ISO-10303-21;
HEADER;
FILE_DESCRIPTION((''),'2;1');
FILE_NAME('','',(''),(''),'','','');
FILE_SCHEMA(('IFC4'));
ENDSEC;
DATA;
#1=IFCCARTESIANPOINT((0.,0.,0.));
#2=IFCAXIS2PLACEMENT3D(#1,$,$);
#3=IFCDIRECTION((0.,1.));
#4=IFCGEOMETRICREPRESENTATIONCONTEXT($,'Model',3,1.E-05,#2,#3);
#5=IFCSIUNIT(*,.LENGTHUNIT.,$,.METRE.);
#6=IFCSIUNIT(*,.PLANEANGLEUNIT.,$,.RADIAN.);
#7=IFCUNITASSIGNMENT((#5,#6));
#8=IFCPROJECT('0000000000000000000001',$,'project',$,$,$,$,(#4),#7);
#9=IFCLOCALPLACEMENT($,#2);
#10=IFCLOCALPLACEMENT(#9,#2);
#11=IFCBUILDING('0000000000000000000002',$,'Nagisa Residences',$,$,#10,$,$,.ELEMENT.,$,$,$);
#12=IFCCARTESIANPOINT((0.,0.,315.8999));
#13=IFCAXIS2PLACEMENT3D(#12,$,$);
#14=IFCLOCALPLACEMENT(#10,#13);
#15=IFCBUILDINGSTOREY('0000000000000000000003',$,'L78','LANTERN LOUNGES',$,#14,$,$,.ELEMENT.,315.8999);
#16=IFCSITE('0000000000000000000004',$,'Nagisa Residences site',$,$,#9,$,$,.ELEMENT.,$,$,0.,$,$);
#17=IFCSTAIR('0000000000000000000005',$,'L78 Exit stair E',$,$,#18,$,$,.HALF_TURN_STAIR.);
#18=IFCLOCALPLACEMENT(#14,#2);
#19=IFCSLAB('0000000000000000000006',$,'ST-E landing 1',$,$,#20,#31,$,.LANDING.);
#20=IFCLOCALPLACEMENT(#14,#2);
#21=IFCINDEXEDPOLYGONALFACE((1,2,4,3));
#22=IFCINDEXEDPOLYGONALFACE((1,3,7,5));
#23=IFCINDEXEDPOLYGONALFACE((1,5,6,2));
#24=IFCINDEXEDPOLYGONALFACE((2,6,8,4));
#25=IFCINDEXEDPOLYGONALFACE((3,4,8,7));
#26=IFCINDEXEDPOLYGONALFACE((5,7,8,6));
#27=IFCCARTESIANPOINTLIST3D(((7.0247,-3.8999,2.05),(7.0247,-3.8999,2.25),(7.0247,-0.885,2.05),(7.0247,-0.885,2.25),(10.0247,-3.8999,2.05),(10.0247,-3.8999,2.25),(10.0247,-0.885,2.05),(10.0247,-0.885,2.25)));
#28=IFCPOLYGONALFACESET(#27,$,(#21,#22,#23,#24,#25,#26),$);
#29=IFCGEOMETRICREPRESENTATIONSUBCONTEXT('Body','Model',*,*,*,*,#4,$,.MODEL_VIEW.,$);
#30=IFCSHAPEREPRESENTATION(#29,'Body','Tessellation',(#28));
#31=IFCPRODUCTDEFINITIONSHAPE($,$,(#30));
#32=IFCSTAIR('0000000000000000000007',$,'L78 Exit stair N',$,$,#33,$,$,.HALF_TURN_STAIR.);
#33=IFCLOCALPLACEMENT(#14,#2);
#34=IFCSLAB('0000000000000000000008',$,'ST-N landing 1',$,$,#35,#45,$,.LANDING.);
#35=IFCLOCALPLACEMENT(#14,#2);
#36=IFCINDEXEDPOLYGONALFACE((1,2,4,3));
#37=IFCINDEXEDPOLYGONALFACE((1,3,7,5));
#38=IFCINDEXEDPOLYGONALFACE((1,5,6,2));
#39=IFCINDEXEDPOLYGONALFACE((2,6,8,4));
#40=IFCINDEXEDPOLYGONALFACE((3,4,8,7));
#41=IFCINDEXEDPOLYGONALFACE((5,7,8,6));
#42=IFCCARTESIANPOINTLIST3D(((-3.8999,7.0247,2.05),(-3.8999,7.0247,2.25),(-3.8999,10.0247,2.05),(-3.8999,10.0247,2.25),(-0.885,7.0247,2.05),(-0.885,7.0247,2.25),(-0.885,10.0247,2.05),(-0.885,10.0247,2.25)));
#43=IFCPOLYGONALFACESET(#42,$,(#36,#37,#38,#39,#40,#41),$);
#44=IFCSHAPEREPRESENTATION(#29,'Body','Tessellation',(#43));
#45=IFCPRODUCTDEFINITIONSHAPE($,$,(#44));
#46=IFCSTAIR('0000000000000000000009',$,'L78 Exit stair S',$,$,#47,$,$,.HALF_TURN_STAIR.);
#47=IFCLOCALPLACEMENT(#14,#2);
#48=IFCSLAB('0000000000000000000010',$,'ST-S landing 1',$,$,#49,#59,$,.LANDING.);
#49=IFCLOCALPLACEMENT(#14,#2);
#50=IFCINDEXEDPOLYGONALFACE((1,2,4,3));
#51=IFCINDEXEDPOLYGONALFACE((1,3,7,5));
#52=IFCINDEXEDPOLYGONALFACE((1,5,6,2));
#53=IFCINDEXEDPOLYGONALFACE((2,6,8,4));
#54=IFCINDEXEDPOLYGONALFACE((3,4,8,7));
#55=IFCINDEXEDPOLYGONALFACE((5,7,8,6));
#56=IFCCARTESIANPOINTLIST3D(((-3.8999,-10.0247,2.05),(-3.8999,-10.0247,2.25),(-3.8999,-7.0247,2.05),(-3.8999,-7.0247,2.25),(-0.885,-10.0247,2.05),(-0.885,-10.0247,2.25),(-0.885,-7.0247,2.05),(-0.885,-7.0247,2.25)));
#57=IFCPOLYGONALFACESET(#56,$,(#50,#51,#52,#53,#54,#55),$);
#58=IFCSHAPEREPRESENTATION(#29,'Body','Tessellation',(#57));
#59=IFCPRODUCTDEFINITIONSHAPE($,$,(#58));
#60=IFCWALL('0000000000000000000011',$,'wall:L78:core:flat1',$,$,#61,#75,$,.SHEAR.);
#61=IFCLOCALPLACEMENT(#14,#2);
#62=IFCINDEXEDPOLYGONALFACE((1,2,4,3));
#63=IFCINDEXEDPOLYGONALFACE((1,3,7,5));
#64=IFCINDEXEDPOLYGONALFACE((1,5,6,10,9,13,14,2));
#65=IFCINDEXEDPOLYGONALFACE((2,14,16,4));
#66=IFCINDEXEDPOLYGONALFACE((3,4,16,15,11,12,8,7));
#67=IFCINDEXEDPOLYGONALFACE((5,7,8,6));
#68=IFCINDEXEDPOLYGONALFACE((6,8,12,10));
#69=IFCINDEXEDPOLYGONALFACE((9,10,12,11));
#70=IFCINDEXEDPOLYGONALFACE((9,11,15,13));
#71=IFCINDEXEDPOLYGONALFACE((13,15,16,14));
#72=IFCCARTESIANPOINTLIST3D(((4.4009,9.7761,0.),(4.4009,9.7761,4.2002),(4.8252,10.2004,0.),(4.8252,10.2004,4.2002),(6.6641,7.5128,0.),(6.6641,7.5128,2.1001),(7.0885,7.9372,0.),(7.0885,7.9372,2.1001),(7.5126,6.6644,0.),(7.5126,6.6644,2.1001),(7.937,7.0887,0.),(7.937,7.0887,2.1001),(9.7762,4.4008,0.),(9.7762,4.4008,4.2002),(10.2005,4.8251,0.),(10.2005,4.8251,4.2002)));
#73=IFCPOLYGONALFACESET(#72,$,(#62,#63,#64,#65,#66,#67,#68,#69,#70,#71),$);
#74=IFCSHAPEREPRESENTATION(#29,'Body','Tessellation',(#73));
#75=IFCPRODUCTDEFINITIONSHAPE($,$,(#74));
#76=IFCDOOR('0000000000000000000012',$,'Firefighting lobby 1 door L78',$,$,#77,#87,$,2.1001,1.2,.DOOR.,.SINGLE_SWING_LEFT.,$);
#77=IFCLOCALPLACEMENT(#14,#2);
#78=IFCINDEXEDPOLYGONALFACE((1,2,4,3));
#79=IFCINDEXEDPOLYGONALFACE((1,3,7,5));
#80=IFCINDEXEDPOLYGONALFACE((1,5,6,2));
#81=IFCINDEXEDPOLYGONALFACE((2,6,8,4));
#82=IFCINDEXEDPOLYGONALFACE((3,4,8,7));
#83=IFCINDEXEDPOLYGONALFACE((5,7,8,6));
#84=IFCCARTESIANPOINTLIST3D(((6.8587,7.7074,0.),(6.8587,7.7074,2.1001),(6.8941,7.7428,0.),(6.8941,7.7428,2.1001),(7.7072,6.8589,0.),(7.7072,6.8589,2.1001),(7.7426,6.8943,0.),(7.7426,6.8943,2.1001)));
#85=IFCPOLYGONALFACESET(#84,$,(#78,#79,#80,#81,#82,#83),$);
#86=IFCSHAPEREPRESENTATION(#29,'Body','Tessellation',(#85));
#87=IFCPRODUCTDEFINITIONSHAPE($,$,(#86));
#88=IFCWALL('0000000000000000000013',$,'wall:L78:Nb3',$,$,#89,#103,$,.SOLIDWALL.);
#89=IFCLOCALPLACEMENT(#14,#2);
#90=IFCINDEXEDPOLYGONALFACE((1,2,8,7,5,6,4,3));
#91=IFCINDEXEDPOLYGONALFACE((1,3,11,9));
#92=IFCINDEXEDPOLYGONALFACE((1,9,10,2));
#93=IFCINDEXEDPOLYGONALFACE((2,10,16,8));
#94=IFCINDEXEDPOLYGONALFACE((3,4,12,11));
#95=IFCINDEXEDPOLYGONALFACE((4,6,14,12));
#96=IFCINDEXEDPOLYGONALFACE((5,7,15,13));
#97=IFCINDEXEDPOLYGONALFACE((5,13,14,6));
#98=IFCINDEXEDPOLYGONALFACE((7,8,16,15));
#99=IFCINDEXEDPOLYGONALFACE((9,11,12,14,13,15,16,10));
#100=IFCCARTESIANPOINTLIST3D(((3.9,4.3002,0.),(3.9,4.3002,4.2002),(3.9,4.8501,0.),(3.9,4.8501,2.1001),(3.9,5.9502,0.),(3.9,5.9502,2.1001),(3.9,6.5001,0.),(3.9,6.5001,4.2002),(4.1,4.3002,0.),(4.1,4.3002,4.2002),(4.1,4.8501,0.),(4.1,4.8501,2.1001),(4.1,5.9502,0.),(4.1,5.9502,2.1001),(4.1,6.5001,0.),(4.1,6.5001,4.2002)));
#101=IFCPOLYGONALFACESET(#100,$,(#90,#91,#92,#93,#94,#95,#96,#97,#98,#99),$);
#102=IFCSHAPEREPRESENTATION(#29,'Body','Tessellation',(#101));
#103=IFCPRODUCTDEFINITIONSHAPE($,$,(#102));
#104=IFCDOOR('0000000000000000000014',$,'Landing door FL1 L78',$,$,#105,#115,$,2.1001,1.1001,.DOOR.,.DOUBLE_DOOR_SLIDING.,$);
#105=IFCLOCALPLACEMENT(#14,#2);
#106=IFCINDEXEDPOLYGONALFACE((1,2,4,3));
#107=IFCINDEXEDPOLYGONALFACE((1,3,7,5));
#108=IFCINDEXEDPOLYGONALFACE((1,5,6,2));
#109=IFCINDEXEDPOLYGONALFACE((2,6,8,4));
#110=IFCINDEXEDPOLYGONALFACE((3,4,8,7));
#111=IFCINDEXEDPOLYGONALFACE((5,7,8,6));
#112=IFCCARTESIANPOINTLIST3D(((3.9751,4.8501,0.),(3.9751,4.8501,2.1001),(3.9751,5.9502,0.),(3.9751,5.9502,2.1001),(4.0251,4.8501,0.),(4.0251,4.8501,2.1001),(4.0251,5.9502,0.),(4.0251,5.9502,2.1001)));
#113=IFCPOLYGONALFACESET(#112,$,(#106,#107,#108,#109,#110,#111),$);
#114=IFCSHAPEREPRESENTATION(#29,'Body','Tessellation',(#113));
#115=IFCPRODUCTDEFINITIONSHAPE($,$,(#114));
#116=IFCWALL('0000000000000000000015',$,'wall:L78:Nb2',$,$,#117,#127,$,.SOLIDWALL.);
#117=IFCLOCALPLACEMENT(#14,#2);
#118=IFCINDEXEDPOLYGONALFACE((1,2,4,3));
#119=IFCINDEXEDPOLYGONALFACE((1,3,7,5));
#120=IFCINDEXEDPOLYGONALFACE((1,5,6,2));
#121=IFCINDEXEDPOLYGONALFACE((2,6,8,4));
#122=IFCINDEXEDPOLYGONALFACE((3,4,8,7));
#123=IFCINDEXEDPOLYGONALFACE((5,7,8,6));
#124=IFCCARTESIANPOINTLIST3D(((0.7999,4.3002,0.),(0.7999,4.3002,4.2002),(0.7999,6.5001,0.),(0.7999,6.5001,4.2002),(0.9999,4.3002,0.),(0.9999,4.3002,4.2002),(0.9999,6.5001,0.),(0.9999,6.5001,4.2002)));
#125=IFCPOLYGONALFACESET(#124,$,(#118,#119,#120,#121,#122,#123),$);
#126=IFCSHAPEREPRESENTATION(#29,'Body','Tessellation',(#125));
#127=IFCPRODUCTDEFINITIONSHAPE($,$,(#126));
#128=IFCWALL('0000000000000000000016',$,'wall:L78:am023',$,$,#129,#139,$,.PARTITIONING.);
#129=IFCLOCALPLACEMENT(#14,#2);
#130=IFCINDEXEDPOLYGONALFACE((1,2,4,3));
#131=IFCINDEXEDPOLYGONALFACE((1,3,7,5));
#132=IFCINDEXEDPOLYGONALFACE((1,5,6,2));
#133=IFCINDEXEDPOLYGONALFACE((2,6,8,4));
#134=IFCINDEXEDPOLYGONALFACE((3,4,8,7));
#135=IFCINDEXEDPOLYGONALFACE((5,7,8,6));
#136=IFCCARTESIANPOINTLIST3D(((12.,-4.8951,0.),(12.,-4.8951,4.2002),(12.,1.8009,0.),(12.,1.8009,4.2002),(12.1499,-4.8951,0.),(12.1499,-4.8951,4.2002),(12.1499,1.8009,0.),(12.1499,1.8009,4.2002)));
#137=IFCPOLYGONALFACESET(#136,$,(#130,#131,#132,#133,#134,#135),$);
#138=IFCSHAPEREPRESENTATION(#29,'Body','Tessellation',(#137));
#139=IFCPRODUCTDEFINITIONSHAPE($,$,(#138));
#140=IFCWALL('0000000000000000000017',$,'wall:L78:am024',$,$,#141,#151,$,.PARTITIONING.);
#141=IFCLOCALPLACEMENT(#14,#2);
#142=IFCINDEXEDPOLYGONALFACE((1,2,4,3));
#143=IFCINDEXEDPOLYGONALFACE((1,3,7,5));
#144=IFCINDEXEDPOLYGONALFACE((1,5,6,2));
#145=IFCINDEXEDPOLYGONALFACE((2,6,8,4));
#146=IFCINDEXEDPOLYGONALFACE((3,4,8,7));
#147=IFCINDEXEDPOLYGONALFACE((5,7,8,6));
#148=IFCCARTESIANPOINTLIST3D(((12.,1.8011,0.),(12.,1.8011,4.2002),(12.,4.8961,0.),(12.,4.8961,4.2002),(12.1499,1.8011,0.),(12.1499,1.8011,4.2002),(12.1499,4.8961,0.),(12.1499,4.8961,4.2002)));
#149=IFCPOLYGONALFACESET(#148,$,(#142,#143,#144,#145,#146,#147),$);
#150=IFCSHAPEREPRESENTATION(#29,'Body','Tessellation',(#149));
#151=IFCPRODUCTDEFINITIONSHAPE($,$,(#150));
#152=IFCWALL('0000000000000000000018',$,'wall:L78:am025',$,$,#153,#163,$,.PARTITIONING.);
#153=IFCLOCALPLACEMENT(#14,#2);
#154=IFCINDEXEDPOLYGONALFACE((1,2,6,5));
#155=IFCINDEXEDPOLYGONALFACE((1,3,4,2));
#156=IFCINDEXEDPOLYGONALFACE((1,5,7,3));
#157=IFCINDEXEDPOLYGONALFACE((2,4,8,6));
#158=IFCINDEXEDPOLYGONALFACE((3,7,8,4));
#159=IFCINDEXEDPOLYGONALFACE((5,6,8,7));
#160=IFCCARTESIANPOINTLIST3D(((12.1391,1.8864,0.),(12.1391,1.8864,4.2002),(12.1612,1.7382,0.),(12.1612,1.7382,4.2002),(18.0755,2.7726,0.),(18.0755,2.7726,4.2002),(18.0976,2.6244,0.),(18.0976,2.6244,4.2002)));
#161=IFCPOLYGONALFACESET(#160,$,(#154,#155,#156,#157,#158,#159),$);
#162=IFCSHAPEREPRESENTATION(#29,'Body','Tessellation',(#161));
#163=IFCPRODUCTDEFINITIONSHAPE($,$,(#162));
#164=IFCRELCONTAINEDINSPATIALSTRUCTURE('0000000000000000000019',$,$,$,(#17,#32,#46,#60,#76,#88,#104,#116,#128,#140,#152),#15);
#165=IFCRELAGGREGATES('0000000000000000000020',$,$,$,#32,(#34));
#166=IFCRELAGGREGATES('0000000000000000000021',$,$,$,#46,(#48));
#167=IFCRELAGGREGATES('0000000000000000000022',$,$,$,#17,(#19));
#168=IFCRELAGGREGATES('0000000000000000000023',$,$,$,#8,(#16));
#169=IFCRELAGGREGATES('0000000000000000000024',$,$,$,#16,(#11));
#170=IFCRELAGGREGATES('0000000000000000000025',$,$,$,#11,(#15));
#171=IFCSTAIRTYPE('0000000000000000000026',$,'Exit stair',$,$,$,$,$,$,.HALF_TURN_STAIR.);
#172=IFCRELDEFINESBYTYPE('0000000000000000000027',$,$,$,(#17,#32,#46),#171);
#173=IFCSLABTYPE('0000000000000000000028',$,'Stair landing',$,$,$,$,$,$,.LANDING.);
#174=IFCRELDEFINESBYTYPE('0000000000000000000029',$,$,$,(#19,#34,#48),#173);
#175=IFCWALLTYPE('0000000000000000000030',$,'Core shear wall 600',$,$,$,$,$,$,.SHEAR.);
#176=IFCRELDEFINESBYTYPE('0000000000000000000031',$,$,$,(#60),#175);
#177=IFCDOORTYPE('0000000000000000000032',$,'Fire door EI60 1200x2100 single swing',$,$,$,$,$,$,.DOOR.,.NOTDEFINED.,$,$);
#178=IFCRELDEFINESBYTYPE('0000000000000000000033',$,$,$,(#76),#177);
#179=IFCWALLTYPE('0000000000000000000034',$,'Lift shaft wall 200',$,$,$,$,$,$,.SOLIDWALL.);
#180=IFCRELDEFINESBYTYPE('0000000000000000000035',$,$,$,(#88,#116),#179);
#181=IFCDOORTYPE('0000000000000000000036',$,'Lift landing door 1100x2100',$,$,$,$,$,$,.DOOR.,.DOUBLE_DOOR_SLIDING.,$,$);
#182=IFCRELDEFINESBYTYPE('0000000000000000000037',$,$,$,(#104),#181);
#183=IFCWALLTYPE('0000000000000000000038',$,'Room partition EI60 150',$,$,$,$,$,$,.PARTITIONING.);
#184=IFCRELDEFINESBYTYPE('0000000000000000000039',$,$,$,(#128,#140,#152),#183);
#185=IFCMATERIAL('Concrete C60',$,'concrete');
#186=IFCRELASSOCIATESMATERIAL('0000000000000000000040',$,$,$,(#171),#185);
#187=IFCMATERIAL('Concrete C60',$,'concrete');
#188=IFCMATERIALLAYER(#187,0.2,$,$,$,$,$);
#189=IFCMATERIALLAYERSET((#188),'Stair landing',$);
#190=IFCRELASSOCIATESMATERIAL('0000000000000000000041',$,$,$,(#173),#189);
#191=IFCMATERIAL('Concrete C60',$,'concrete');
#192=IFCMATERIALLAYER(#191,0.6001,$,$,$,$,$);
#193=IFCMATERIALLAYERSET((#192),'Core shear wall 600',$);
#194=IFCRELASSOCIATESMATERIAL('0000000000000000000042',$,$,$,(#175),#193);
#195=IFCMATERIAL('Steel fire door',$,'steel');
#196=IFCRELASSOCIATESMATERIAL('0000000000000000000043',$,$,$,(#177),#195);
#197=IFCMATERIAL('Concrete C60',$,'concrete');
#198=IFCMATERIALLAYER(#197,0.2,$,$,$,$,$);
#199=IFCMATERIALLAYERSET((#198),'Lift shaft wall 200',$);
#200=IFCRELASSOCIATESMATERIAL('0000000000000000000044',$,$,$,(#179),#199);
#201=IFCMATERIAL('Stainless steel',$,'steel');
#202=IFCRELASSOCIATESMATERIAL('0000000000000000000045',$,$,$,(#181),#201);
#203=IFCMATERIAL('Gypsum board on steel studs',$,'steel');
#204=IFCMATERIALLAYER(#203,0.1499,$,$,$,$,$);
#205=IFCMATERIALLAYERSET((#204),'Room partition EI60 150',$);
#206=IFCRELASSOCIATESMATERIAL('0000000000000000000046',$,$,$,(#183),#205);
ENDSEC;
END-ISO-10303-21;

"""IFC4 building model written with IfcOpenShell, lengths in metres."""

from ifc_helpers import new_model, si_unit, direction, frame, frame_2d, origin, place, context, subcontext, project, spatial, polyline, rectangle, outline, extrude, material, layer, layer_set, type_object, element, fill, aggregate, save


model = new_model("IFC4")

# Units and contexts
model_context = context("Model", 3, precision=1e-05, world=origin(), true_north=direction((0.0, 1.0)))
body_context = subcontext(model_context, "Body", "Model", "MODEL_VIEW")
ifc_project = project(units=[si_unit("LENGTHUNIT", "METRE"), si_unit("PLANEANGLEUNIT", "RADIAN")], contexts=[model_context])

# Site, building, storey
site_placement = place(None, origin())
site = spatial("IfcSite", under=ifc_project, at=site_placement, Name="Nagisa Residences site", CompositionType="ELEMENT", RefElevation=0.0)
building_placement = place(site_placement, origin())
building = spatial("IfcBuilding", under=site, at=building_placement, Name="Nagisa Residences", CompositionType="ELEMENT")
storey_placement = place(building_placement, frame((0.0, 0.0, 315.8999)))
storey = spatial("IfcBuildingStorey", under=building, at=storey_placement, Name="L78", Description="LANTERN LOUNGES", CompositionType="ELEMENT", Elevation=315.8999)

# Stairs, slabs
ifc_material_1 = material(Name="Concrete C60", Category="concrete")
stair_type = type_object("IfcStairType", Name="Exit stair", PredefinedType="HALF_TURN_STAIR", material=ifc_material_1)
stair_1_placement = place(storey_placement, origin())
stair_1 = element("IfcStair", 1, at=stair_1_placement, inside=storey, type_object=stair_type, Name="L78 Exit stair E", PredefinedType="HALF_TURN_STAIR")
ifc_material_2 = material(Name="Concrete C60", Category="concrete")
ifc_layer_1 = layer(ifc_material_2, 0.2)
ifc_layer_set_1 = layer_set([ifc_layer_1], Name="Stair landing")
slab_type = type_object("IfcSlabType", Name="Stair landing", PredefinedType="LANDING", material=ifc_layer_set_1)
slab_1_placement = place(storey_placement, frame((0.0, 0.0, 2.05)))
slab_1 = element("IfcSlab", 2, at=slab_1_placement, type_object=slab_type, Name="ST-E landing 1", PredefinedType="LANDING", context=body_context, shape_type="SweptSolid", body=[
    extrude(outline(polyline([(7.0247, -0.885), (7.0247, -3.8999), (10.0247, -3.8999), (10.0247, -0.885), (7.0247, -0.885)])), origin(), (0.0, 0.0, 1.0), 0.2),
])
stair_2_placement = place(storey_placement, origin())
stair_2 = element("IfcStair", 3, at=stair_2_placement, inside=storey, type_object=stair_type, Name="L78 Exit stair N", PredefinedType="HALF_TURN_STAIR")
slab_2_placement = place(storey_placement, frame((0.0, 0.0, 2.05)))
slab_2 = element("IfcSlab", 4, at=slab_2_placement, type_object=slab_type, Name="ST-N landing 1", PredefinedType="LANDING", context=body_context, shape_type="SweptSolid", body=[
    extrude(outline(polyline([(-0.885, 10.0247), (-3.8999, 10.0247), (-3.8999, 7.0247), (-0.885, 7.0247), (-0.885, 10.0247)])), origin(), (0.0, 0.0, 1.0), 0.2),
])
aggregate(stair_2, [slab_2])
stair_3_placement = place(storey_placement, origin())
stair_3 = element("IfcStair", 5, at=stair_3_placement, inside=storey, type_object=stair_type, Name="L78 Exit stair S", PredefinedType="HALF_TURN_STAIR")
slab_3_placement = place(storey_placement, frame((0.0, 0.0, 2.05)))
slab_3 = element("IfcSlab", 6, at=slab_3_placement, type_object=slab_type, Name="ST-S landing 1", PredefinedType="LANDING", context=body_context, shape_type="SweptSolid", body=[
    extrude(outline(polyline([(-0.885, -7.0247), (-3.8999, -7.0247), (-3.8999, -10.0247), (-0.885, -10.0247), (-0.885, -7.0247)])), origin(), (0.0, 0.0, 1.0), 0.2),
])
aggregate(stair_3, [slab_3])

# Walls, openings, doors
ifc_material_3 = material(Name="Concrete C60", Category="concrete")
ifc_layer_2 = layer(ifc_material_3, 0.6001)
ifc_layer_set_2 = layer_set([ifc_layer_2], Name="Core shear wall 600")
wall_type_1 = type_object("IfcWallType", Name="Core shear wall 600", PredefinedType="SHEAR", material=ifc_layer_set_2)
wall_1_placement = place(storey_placement, frame((9.9883, 4.613, 0.0), z_axis=(0.0, 0.0, 1.0), x_axis=(-0.707107, 0.707107, 0.0)))
wall_1 = element("IfcWall", 7, at=wall_1_placement, inside=storey, type_object=wall_type_1, Name="wall:L78:core:flat1", PredefinedType="SHEAR", context=body_context, shape_type="SweptSolid", body=[
    extrude(rectangle(XDim=7.6018, YDim=0.6001, at=frame_2d((3.8008, 0.0))), origin(), (0.0, 0.0, 1.0), 4.2002),
])
opening_1_placement = place(wall_1_placement, frame((3.2009, 0.0, 0.0)))
opening_1 = element("IfcOpeningElement", 8, at=opening_1_placement, cuts=wall_1, PredefinedType="OPENING", context=body_context, shape_type="SweptSolid", body=[
    extrude(rectangle(XDim=1.2, YDim=2.1001, at=frame_2d((0.6001, 1.05))), frame((0.0, 0.3101, 0.0), z_axis=(0.0, -1.0, 0.0), x_axis=(1.0, 0.0, 0.0)), (0.0, 0.0, 1.0), 0.6201),
])
ifc_material_4 = material(Name="Steel fire door", Category="steel")
door_type_1 = type_object("IfcDoorType", Name="Fire door EI60 1200x2100 single swing", OperationType="NOTDEFINED", PredefinedType="DOOR", material=ifc_material_4)
door_1_placement = place(opening_1_placement, origin())
door_1 = element("IfcDoor", 9, at=door_1_placement, inside=storey, type_object=door_type_1, Name="Firefighting lobby 1 door L78", OperationType="SINGLE_SWING_LEFT", OverallHeight=2.1001, OverallWidth=1.2, PredefinedType="DOOR", context=body_context, shape_type="SweptSolid", body=[
    extrude(rectangle(XDim=1.2, YDim=2.1001, at=frame_2d((0.6001, 1.05))), frame((0.0, 0.0249, 0.0), z_axis=(0.0, -1.0, 0.0), x_axis=(1.0, 0.0, 0.0)), (0.0, 0.0, 1.0), 0.05),
])
fill(opening_1, door_1)
ifc_material_5 = material(Name="Concrete C60", Category="concrete")
ifc_layer_3 = layer(ifc_material_5, 0.2)
ifc_layer_set_3 = layer_set([ifc_layer_3], Name="Lift shaft wall 200")
wall_type_2 = type_object("IfcWallType", Name="Lift shaft wall 200", PredefinedType="SOLIDWALL", material=ifc_layer_set_3)
wall_2_placement = place(storey_placement, frame((4.0, 4.3, 0.0), z_axis=(0.0, 0.0, 1.0), x_axis=(0.0, 1.0, 0.0)))
wall_2 = element("IfcWall", 10, at=wall_2_placement, inside=storey, type_object=wall_type_2, Name="wall:L78:Nb3", PredefinedType="SOLIDWALL", context=body_context, shape_type="SweptSolid", body=[
    extrude(rectangle(XDim=2.2, YDim=0.2, at=frame_2d((1.1001, 0.0))), origin(), (0.0, 0.0, 1.0), 4.2002),
])
opening_2_placement = place(wall_2_placement, frame((0.55, 0.0, 0.0)))
opening_2 = element("IfcOpeningElement", 11, at=opening_2_placement, cuts=wall_2, PredefinedType="OPENING", context=body_context, shape_type="SweptSolid", body=[
    extrude(rectangle(XDim=1.1001, YDim=2.1001, at=frame_2d((0.55, 1.05))), frame((0.0, 0.1099, 0.0), z_axis=(0.0, -1.0, 0.0), x_axis=(1.0, 0.0, 0.0)), (0.0, 0.0, 1.0), 0.22),
])
ifc_material_6 = material(Name="Stainless steel", Category="steel")
door_type_2 = type_object("IfcDoorType", Name="Lift landing door 1100x2100", OperationType="DOUBLE_DOOR_SLIDING", PredefinedType="DOOR", material=ifc_material_6)
door_2_placement = place(opening_2_placement, origin())
door_2 = element("IfcDoor", 12, at=door_2_placement, inside=storey, type_object=door_type_2, Name="Landing door FL1 L78", OperationType="DOUBLE_DOOR_SLIDING", OverallHeight=2.1001, OverallWidth=1.1001, PredefinedType="DOOR", context=body_context, shape_type="SweptSolid", body=[
    extrude(rectangle(XDim=1.1001, YDim=2.1001, at=frame_2d((0.55, 1.05))), frame((0.0, 0.0249, 0.0), z_axis=(0.0, -1.0, 0.0), x_axis=(1.0, 0.0, 0.0)), (0.0, 0.0, 1.0), 0.05),
])
fill(opening_2, door_2)

# Walls
wall_3_placement = place(storey_placement, frame((0.8999, 4.3, 0.0), z_axis=(0.0, 0.0, 1.0), x_axis=(0.0, 1.0, 0.0)))
element("IfcWall", 13, at=wall_3_placement, inside=storey, type_object=wall_type_2, Name="wall:L78:Nb2", PredefinedType="SOLIDWALL", context=body_context, shape_type="SweptSolid", body=[
    extrude(rectangle(XDim=2.2, YDim=0.2, at=frame_2d((1.1001, 0.0))), origin(), (0.0, 0.0, 1.0), 4.2002),
])
ifc_material_7 = material(Name="Gypsum board on steel studs", Category="steel")
ifc_layer_4 = layer(ifc_material_7, 0.1499)
ifc_layer_set_4 = layer_set([ifc_layer_4], Name="Room partition EI60 150")
wall_type_3 = type_object("IfcWallType", Name="Room partition EI60 150", PredefinedType="PARTITIONING", material=ifc_layer_set_4)
wall_4_placement = place(storey_placement, frame((12.075, 1.801, 0.0), z_axis=(0.0, 0.0, 1.0), x_axis=(0.0, -1.0, 0.0)))
element("IfcWall", 14, at=wall_4_placement, inside=storey, type_object=wall_type_3, Name="wall:L78:am023", PredefinedType="PARTITIONING", context=body_context, shape_type="SweptSolid", body=[
    extrude(rectangle(XDim=6.696, YDim=0.1499, at=frame_2d((3.3481, 0.0))), origin(), (0.0, 0.0, 1.0), 4.2002),
])
wall_5_placement = place(storey_placement, frame((12.075, 4.896, 0.0), z_axis=(0.0, 0.0, 1.0), x_axis=(0.0, -1.0, 0.0)))
element("IfcWall", 15, at=wall_5_placement, inside=storey, type_object=wall_type_3, Name="wall:L78:am024", PredefinedType="PARTITIONING", context=body_context, shape_type="SweptSolid", body=[
    extrude(rectangle(XDim=3.095, YDim=0.1499, at=frame_2d((1.5474, 0.0))), origin(), (0.0, 0.0, 1.0), 4.2002),
])
wall_6_placement = place(storey_placement, frame((18.0864, 2.6985, 0.0), z_axis=(0.0, 0.0, 1.0), x_axis=(-0.98904, -0.147648, 0.0)))
element("IfcWall", 16, at=wall_6_placement, inside=storey, type_object=wall_type_3, Name="wall:L78:am025", PredefinedType="PARTITIONING", context=body_context, shape_type="SweptSolid", body=[
    extrude(rectangle(XDim=6.0022, YDim=0.1499, at=frame_2d((3.001, 0.0))), origin(), (0.0, 0.0, 1.0), 4.2002),
])

aggregate(stair_1, [slab_1])

save(model, "model.ifc")
